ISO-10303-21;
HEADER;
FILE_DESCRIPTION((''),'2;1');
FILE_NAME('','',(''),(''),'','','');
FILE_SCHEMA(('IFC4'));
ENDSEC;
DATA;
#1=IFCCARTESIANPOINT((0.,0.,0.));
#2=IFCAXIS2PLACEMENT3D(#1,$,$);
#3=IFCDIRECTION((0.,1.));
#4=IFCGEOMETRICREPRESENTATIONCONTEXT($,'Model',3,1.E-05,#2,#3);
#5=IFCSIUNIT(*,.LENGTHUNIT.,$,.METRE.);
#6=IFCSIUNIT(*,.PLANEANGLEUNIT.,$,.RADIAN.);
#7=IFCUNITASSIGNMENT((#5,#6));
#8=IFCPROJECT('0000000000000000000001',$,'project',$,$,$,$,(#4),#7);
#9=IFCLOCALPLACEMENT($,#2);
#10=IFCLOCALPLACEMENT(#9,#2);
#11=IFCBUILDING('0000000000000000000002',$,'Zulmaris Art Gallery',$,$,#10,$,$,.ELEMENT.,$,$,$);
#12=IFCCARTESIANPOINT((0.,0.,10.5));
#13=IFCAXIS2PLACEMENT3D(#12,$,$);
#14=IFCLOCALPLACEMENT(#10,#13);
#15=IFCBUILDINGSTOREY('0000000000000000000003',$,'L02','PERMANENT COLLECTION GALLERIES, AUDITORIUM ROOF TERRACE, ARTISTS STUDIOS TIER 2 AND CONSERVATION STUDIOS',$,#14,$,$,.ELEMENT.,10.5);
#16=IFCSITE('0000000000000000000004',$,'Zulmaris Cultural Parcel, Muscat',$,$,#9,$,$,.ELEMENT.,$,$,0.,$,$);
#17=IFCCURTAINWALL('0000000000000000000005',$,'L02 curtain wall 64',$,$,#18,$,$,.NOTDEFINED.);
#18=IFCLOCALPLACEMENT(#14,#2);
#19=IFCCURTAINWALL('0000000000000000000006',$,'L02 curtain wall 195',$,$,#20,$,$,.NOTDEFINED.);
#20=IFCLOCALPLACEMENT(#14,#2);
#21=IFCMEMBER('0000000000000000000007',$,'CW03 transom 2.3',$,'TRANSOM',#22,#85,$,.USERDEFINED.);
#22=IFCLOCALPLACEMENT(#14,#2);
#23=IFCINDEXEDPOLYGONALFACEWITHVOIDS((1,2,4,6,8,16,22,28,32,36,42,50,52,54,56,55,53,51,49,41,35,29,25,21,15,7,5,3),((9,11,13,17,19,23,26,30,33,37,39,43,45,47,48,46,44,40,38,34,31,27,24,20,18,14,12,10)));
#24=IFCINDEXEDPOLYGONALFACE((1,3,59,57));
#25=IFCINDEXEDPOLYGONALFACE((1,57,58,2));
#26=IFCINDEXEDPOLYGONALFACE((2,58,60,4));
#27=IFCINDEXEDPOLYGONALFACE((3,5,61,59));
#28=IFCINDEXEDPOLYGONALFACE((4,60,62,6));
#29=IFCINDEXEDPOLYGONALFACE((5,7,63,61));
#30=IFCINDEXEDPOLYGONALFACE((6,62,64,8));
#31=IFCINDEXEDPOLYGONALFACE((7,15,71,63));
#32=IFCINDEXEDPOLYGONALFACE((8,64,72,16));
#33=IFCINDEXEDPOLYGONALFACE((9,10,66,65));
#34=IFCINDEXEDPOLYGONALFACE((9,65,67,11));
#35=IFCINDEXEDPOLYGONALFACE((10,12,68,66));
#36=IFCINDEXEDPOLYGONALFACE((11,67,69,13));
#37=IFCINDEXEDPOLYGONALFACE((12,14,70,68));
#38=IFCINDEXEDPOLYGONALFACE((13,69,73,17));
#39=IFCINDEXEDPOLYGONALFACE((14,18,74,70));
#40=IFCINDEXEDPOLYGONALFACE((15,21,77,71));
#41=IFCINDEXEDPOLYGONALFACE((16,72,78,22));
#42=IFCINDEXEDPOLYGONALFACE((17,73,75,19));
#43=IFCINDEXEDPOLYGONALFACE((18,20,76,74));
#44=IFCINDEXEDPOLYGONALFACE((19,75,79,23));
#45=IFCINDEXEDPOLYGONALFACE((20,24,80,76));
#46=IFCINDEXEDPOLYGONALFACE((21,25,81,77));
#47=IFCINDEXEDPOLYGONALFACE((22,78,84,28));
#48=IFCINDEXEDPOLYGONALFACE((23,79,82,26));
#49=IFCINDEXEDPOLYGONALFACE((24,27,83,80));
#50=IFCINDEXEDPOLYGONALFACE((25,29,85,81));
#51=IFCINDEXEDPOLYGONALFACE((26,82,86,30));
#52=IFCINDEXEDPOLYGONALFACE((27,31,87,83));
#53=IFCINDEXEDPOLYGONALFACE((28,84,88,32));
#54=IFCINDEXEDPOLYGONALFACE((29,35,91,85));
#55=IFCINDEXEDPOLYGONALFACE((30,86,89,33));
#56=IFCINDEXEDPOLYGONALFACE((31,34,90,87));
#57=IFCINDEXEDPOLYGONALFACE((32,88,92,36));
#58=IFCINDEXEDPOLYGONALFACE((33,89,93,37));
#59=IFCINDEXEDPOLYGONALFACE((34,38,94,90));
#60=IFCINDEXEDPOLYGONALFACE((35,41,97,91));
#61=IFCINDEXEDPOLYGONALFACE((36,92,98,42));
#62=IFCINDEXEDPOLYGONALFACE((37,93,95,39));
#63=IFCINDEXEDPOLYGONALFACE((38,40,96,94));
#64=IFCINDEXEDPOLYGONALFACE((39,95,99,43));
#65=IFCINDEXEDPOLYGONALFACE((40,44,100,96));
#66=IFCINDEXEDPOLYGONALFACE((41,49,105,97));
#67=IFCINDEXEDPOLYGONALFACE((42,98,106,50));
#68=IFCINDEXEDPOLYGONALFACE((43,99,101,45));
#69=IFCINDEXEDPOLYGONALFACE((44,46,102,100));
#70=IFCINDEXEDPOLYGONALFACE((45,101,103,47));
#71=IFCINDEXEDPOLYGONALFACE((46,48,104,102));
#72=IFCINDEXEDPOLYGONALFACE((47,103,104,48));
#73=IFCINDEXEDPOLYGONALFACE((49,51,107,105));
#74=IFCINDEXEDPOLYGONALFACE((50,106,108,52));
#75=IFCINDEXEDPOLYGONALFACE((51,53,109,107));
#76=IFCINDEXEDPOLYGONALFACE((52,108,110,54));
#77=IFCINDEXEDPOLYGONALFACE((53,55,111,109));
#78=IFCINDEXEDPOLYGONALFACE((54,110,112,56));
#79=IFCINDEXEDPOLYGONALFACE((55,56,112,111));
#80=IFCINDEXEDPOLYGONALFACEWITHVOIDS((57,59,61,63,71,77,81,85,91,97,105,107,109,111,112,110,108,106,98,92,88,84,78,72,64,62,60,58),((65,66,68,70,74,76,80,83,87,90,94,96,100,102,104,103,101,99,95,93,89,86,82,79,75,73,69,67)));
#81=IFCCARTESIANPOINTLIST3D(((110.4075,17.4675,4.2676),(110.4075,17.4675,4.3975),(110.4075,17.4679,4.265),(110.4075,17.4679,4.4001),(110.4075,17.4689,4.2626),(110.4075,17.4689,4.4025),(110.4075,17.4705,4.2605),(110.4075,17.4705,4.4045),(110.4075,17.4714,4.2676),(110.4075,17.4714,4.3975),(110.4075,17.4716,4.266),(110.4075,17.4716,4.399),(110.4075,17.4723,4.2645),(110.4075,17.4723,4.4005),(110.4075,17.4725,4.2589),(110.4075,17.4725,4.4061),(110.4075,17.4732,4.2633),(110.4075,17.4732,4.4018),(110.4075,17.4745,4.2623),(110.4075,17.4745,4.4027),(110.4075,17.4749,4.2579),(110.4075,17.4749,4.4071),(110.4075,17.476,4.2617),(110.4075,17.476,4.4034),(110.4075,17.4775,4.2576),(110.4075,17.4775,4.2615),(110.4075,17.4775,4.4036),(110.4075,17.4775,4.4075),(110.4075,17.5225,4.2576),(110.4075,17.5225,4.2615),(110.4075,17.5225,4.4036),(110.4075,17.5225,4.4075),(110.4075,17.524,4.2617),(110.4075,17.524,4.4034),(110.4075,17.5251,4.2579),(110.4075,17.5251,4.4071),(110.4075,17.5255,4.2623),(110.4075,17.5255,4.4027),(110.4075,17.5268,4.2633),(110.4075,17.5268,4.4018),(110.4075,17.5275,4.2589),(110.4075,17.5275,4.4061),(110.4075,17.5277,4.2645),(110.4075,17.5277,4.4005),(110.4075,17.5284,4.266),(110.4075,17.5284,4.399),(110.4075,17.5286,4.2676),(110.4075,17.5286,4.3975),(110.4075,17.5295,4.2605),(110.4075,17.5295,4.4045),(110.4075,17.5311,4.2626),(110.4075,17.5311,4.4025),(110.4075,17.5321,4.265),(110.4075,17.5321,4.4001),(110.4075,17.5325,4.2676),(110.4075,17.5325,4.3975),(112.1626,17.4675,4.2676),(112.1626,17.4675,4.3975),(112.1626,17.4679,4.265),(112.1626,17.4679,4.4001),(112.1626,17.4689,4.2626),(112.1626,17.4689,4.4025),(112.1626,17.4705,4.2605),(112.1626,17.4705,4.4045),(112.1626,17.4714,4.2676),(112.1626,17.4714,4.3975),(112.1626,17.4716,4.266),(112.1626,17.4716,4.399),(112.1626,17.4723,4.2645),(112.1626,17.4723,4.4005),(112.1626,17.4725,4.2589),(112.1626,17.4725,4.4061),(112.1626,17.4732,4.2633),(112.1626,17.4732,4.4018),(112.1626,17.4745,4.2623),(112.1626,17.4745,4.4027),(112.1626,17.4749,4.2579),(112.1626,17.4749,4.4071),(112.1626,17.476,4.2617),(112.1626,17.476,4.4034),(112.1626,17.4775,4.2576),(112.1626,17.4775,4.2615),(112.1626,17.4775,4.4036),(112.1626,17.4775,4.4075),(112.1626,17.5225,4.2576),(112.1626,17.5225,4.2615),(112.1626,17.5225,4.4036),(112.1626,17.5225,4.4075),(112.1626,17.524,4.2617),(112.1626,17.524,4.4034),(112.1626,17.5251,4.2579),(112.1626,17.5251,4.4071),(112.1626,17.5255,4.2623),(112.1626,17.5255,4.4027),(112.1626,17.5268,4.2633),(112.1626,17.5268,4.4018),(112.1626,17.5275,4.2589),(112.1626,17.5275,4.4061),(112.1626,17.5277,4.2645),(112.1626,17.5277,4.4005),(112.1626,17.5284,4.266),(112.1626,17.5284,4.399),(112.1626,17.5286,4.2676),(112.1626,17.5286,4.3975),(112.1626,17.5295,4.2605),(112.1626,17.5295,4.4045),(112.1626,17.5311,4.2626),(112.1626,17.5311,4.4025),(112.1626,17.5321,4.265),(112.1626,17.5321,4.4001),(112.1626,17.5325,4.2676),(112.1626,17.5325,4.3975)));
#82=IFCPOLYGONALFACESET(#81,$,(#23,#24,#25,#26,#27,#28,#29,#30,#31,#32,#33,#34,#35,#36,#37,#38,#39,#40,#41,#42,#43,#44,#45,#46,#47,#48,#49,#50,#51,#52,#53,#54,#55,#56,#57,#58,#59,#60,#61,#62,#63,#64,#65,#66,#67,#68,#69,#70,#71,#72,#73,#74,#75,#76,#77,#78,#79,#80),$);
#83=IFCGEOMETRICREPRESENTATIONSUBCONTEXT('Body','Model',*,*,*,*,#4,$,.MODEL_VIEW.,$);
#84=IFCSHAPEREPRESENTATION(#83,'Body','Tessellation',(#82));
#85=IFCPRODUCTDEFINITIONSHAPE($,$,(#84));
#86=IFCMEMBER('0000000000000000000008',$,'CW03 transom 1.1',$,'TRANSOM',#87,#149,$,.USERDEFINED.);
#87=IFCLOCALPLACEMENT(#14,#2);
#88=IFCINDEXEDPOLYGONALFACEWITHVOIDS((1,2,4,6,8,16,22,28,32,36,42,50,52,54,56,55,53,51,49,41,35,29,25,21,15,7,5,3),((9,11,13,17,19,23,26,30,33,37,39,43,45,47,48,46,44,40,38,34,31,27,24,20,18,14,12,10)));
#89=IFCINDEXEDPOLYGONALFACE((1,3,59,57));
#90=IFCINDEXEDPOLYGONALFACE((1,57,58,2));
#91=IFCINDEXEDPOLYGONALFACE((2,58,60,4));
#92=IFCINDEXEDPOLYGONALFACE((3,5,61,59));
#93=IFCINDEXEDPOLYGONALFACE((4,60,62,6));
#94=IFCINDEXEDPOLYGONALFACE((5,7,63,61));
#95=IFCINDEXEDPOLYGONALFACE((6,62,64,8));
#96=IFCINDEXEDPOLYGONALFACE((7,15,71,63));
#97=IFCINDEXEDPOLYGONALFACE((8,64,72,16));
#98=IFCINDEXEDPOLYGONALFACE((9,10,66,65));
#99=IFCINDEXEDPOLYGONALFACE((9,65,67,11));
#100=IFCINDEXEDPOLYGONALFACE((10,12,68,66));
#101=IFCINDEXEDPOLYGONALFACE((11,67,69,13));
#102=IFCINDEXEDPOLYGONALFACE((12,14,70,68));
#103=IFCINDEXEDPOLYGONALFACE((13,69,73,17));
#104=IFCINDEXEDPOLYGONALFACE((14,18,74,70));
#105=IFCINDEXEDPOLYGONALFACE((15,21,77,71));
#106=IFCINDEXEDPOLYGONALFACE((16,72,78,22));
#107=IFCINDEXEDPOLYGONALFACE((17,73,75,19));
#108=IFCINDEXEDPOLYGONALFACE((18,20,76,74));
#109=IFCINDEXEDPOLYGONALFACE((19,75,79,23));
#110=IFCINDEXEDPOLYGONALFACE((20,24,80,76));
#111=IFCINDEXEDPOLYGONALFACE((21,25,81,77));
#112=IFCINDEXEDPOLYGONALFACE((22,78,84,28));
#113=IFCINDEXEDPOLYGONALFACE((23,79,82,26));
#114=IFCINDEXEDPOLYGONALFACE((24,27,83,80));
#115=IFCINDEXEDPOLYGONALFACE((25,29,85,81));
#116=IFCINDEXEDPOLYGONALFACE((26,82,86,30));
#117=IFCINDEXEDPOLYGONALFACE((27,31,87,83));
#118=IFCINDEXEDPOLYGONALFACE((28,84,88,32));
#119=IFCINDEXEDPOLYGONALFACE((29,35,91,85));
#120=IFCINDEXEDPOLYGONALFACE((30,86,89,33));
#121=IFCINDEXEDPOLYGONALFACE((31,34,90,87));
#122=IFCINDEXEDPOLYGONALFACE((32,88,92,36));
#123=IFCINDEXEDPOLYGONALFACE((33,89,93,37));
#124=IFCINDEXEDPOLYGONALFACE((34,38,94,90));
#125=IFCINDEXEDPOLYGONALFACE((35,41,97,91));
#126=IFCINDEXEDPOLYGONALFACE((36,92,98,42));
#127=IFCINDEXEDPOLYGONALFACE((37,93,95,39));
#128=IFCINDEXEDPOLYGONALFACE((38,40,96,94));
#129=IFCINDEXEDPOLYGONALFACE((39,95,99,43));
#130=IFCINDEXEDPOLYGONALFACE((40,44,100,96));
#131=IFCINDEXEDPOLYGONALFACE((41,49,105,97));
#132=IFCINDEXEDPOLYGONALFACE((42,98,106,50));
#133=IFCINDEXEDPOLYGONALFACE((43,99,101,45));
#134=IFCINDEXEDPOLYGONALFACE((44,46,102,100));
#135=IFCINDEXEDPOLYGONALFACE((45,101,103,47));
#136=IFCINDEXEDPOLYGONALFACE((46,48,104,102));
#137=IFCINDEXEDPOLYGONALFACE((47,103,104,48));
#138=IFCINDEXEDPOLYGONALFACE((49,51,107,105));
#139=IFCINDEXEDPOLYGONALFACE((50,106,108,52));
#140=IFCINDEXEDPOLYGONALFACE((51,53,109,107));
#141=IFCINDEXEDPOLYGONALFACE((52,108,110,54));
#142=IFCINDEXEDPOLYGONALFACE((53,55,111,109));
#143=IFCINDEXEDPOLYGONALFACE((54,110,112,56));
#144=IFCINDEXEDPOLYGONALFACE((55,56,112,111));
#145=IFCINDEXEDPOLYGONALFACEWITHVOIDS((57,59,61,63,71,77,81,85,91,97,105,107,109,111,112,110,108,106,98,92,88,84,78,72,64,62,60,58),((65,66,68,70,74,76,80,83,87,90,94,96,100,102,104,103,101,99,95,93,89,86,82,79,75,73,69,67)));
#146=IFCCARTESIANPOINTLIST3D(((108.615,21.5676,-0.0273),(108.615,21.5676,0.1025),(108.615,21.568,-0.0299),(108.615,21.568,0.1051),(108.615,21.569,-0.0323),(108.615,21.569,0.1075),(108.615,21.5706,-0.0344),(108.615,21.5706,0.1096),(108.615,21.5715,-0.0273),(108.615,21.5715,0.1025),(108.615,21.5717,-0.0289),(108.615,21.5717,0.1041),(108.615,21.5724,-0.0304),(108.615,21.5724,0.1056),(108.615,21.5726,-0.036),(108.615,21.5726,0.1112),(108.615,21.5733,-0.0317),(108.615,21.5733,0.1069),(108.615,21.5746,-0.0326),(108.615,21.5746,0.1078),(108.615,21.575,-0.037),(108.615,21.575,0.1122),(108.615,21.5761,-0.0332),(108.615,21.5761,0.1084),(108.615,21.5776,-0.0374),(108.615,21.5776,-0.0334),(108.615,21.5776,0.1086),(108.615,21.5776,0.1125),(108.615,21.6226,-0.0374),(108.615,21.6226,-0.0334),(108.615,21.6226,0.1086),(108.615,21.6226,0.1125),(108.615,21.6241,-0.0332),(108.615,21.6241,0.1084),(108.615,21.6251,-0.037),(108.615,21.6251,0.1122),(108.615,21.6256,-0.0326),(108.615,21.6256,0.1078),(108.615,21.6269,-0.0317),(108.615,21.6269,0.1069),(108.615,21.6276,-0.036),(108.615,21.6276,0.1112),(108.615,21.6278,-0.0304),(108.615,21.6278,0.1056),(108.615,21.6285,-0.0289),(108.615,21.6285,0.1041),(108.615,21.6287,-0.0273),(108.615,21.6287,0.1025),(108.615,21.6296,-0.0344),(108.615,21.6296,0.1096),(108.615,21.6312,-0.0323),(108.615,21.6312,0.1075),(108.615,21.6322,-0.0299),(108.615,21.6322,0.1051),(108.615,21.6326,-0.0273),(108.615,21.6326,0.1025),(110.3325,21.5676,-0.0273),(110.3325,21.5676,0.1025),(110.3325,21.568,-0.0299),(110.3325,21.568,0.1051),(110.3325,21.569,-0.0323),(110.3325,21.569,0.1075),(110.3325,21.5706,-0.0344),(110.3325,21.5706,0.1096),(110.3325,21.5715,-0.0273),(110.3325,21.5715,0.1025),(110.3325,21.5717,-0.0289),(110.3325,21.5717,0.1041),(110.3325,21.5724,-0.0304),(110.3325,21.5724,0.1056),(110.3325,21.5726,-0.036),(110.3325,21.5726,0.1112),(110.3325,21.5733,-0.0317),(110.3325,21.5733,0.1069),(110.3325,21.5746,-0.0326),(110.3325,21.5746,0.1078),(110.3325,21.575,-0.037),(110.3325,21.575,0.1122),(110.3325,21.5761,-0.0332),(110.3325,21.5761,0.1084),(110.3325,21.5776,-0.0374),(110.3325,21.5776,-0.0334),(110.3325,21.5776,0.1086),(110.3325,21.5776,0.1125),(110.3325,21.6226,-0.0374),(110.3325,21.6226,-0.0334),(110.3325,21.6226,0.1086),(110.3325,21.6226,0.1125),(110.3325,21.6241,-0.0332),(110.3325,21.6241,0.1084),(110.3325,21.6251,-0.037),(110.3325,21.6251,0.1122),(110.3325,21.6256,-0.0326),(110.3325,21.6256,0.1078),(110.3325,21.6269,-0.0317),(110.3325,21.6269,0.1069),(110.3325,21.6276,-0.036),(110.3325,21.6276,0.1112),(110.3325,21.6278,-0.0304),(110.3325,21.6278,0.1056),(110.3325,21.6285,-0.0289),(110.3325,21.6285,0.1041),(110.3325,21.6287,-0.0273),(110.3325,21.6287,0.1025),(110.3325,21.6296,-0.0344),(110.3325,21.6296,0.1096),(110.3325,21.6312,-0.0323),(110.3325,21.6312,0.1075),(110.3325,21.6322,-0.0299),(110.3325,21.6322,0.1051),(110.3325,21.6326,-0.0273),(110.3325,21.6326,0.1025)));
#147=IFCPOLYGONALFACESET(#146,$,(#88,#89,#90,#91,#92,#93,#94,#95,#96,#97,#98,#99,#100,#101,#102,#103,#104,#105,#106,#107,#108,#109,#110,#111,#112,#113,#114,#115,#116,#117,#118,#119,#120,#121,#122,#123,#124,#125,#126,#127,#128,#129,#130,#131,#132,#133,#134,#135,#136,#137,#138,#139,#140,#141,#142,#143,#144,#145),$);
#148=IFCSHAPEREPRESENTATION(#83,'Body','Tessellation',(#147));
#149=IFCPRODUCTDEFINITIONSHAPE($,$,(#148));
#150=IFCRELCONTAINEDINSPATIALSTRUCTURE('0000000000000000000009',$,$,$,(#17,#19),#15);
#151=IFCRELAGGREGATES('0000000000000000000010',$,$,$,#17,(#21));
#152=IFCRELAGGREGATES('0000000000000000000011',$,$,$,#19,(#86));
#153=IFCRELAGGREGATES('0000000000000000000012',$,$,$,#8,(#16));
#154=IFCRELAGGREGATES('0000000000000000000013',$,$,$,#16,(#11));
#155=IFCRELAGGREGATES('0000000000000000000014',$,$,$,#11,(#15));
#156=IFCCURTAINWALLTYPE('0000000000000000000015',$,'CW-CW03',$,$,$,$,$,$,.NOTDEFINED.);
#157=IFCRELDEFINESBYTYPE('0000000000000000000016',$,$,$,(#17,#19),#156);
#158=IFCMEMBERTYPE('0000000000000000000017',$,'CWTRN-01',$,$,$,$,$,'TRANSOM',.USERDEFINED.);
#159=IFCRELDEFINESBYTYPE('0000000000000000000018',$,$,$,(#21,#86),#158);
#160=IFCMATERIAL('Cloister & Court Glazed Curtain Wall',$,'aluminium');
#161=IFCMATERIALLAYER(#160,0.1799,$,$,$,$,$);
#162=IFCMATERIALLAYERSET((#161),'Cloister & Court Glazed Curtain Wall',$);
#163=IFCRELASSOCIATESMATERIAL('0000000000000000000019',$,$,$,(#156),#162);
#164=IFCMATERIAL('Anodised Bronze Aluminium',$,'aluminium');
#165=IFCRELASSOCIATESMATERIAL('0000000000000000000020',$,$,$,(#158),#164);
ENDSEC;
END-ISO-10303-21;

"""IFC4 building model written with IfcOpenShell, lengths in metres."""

from ifc_helpers import new_model, si_unit, direction, frame, origin, origin_2d, place, context, subcontext, project, spatial, hollow_rectangle, extrude, material, layer, layer_set, material_profile, profile_set, type_object, element, aggregate, save


model = new_model("IFC4")

# Units and contexts
model_context = context("Model", 3, precision=1e-05, world=origin(), true_north=direction((0.0, 1.0)))
body_context = subcontext(model_context, "Body", "Model", "MODEL_VIEW")
ifc_project = project(units=[si_unit("LENGTHUNIT", "METRE"), si_unit("PLANEANGLEUNIT", "RADIAN")], contexts=[model_context])

# Site, building, storey
site_placement = place(None, origin())
site = spatial("IfcSite", under=ifc_project, at=site_placement, Name="Zulmaris Cultural Parcel, Muscat", CompositionType="ELEMENT", RefElevation=0.0)
building_placement = place(site_placement, origin())
building = spatial("IfcBuilding", under=site, at=building_placement, Name="Zulmaris Art Gallery", CompositionType="ELEMENT")
storey_placement = place(building_placement, frame((0.0, 0.0, 10.5)))
storey = spatial("IfcBuildingStorey", under=building, at=storey_placement, Name="L02", Description="PERMANENT COLLECTION GALLERIES, AUDITORIUM ROOF TERRACE, ARTISTS STUDIOS TIER 2 AND CONSERVATION STUDIOS", CompositionType="ELEMENT", Elevation=10.5)

# Shared definitions
ifc_material_1 = material(Name="Cloister & Court Glazed Curtain Wall", Category="aluminium")
ifc_layer_1 = layer(ifc_material_1, 0.1799)
ifc_layer_set_1 = layer_set([ifc_layer_1], Name="Cloister & Court Glazed Curtain Wall")
curtain_wall_type = type_object("IfcCurtainWallType", Name="CW-CW03", PredefinedType="NOTDEFINED", material=ifc_layer_set_1)
ifc_material_2 = material(Name="Anodised Bronze Aluminium", Category="aluminium")

# Curtain wall
curtain_wall_1_placement = place(storey_placement, origin())
curtain_wall_1 = element("IfcCurtainWall", 1, at=curtain_wall_1_placement, inside=storey, type_object=curtain_wall_type, Name="L02 curtain wall 64", PredefinedType="NOTDEFINED")

# Curtain wall
curtain_wall_2_placement = place(storey_placement, origin())
curtain_wall_2 = element("IfcCurtainWall", 2, at=curtain_wall_2_placement, inside=storey, type_object=curtain_wall_type, Name="L02 curtain wall 195", PredefinedType="NOTDEFINED")

# Members
ifc_material_profile_1 = material_profile(ifc_material_2, hollow_rectangle(XDim=0.0649, YDim=0.1499, WallThickness=0.0039, InnerFilletRadius=0.0061, OuterFilletRadius=0.01, at=origin_2d()), Name="ALU 65x150x4")
ifc_profile_set_1 = profile_set([ifc_material_profile_1], Name="Anodised Bronze Aluminium")
member_type_1 = type_object("IfcMemberType", Name="CWTRN-01", ElementType="TRANSOM", PredefinedType="USERDEFINED", material=ifc_profile_set_1)
member_1_placement = place(storey_placement, frame((110.4075, 17.5, 4.3325), z_axis=(1.0, 0.0, 0.0), x_axis=(0.0, 1.0, 0.0)))
member_1 = element("IfcMember", 3, at=member_1_placement, type_object=member_type_1, Name="CW03 transom 2.3", ObjectType="TRANSOM", PredefinedType="USERDEFINED", context=body_context, shape_type="SweptSolid", body=[
    extrude(hollow_rectangle(XDim=0.0649, YDim=0.1499, WallThickness=0.0039, InnerFilletRadius=0.0061, OuterFilletRadius=0.01, at=origin_2d()), origin(), (0.0, 0.0, 1.0), 1.7551),
])
member_2_placement = place(storey_placement, frame((108.615, 21.6001, 0.0376), z_axis=(1.0, 0.0, 0.0), x_axis=(0.0, 1.0, 0.0)))
member_2 = element("IfcMember", 4, at=member_2_placement, type_object=member_type_1, Name="CW03 transom 1.1", ObjectType="TRANSOM", PredefinedType="USERDEFINED", context=body_context, shape_type="SweptSolid", body=[
    extrude(hollow_rectangle(XDim=0.0649, YDim=0.1499, WallThickness=0.0039, InnerFilletRadius=0.0061, OuterFilletRadius=0.01, at=origin_2d()), origin(), (0.0, 0.0, 1.0), 1.7175),
])

aggregate(curtain_wall_1, [member_1])
aggregate(curtain_wall_2, [member_2])

save(model, "model.ifc")
